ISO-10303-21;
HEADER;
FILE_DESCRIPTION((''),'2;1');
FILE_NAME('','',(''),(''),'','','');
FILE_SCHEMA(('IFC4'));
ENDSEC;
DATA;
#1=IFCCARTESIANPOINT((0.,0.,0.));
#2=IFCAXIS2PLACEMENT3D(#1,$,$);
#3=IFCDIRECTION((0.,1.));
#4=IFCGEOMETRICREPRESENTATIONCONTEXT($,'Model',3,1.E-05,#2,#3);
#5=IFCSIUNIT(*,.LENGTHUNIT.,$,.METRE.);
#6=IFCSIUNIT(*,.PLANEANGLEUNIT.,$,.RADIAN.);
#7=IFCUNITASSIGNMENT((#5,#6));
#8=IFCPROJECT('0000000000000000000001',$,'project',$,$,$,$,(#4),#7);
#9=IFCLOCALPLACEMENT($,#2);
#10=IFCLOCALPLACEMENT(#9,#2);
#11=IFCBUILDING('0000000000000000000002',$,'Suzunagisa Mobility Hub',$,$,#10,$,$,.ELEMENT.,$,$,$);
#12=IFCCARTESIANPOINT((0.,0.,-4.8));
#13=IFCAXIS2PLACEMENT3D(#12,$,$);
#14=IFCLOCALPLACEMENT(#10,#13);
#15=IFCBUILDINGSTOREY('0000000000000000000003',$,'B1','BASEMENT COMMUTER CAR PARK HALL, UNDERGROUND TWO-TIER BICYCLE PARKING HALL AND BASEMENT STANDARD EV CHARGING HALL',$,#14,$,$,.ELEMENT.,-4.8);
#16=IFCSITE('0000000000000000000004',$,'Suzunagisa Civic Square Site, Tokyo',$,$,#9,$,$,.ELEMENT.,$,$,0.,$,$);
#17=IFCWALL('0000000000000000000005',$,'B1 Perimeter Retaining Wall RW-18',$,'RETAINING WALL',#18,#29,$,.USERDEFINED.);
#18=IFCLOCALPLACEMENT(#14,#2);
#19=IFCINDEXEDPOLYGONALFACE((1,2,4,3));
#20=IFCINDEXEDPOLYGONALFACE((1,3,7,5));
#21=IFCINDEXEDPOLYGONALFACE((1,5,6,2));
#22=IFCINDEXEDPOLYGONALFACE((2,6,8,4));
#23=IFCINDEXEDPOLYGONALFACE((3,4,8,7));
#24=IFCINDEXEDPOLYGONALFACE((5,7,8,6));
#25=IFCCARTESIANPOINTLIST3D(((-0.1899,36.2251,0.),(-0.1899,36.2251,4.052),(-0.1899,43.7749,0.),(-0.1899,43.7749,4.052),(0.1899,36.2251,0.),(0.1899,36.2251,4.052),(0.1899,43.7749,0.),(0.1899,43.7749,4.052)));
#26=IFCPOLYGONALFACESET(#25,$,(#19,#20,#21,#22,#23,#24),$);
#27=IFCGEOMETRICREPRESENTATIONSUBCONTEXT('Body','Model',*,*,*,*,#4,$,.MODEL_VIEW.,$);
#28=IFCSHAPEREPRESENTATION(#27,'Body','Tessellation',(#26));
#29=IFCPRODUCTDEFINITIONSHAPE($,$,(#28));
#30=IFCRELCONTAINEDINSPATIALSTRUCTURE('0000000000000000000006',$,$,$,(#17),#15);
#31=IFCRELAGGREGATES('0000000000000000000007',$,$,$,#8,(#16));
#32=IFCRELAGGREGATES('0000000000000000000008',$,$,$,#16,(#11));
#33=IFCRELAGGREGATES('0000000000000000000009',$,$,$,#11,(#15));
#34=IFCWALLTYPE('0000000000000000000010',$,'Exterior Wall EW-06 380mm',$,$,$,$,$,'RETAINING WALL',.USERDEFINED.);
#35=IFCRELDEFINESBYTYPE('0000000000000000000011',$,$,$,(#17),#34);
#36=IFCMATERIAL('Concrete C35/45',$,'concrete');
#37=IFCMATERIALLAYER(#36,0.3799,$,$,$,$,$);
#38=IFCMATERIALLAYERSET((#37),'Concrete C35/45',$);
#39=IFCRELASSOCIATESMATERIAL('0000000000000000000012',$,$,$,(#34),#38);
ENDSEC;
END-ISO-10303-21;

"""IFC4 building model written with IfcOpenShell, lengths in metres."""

from ifc_helpers import new_model, si_unit, direction, frame, frame_2d, origin, place, context, subcontext, project, spatial, rectangle, extrude, material, layer, layer_set, type_object, element, save


model = new_model("IFC4")

# Units and contexts
model_context = context("Model", 3, precision=1e-05, world=origin(), true_north=direction((0.0, 1.0)))
body_context = subcontext(model_context, "Body", "Model", "MODEL_VIEW")
ifc_project = project(units=[si_unit("LENGTHUNIT", "METRE"), si_unit("PLANEANGLEUNIT", "RADIAN")], contexts=[model_context])

# Site, building, storey
site_placement = place(None, origin())
site = spatial("IfcSite", under=ifc_project, at=site_placement, Name="Suzunagisa Civic Square Site, Tokyo", CompositionType="ELEMENT", RefElevation=0.0)
building_placement = place(site_placement, origin())
building = spatial("IfcBuilding", under=site, at=building_placement, Name="Suzunagisa Mobility Hub", CompositionType="ELEMENT")
storey_placement = place(building_placement, frame((0.0, 0.0, -4.8)))
storey = spatial("IfcBuildingStorey", under=building, at=storey_placement, Name="B1", Description="BASEMENT COMMUTER CAR PARK HALL, UNDERGROUND TWO-TIER BICYCLE PARKING HALL AND BASEMENT STANDARD EV CHARGING HALL", CompositionType="ELEMENT", Elevation=-4.8)

# Shared definitions
ifc_material_1 = material(Name="Concrete C35/45", Category="concrete")

# Wall
ifc_layer_1 = layer(ifc_material_1, 0.3799)
ifc_layer_set_1 = layer_set([ifc_layer_1], Name="Concrete C35/45")
wall_type = type_object("IfcWallType", Name="Exterior Wall EW-06 380mm", ElementType="RETAINING WALL", PredefinedType="USERDEFINED", material=ifc_layer_set_1)
wall_1_placement = place(storey_placement, frame((0.0, 43.7749, 0.0), z_axis=(0.0, 0.0, 1.0), x_axis=(0.0, -1.0, 0.0)))
element("IfcWall", 1, at=wall_1_placement, inside=storey, type_object=wall_type, Name="B1 Perimeter Retaining Wall RW-18", ObjectType="RETAINING WALL", PredefinedType="USERDEFINED", context=body_context, shape_type="SweptSolid", body=[
    extrude(rectangle(XDim=7.5498, YDim=0.3799, at=frame_2d((3.7749, 0.0))), origin(), (0.0, 0.0, 1.0), 4.052),
])

save(model, "model.ifc")
